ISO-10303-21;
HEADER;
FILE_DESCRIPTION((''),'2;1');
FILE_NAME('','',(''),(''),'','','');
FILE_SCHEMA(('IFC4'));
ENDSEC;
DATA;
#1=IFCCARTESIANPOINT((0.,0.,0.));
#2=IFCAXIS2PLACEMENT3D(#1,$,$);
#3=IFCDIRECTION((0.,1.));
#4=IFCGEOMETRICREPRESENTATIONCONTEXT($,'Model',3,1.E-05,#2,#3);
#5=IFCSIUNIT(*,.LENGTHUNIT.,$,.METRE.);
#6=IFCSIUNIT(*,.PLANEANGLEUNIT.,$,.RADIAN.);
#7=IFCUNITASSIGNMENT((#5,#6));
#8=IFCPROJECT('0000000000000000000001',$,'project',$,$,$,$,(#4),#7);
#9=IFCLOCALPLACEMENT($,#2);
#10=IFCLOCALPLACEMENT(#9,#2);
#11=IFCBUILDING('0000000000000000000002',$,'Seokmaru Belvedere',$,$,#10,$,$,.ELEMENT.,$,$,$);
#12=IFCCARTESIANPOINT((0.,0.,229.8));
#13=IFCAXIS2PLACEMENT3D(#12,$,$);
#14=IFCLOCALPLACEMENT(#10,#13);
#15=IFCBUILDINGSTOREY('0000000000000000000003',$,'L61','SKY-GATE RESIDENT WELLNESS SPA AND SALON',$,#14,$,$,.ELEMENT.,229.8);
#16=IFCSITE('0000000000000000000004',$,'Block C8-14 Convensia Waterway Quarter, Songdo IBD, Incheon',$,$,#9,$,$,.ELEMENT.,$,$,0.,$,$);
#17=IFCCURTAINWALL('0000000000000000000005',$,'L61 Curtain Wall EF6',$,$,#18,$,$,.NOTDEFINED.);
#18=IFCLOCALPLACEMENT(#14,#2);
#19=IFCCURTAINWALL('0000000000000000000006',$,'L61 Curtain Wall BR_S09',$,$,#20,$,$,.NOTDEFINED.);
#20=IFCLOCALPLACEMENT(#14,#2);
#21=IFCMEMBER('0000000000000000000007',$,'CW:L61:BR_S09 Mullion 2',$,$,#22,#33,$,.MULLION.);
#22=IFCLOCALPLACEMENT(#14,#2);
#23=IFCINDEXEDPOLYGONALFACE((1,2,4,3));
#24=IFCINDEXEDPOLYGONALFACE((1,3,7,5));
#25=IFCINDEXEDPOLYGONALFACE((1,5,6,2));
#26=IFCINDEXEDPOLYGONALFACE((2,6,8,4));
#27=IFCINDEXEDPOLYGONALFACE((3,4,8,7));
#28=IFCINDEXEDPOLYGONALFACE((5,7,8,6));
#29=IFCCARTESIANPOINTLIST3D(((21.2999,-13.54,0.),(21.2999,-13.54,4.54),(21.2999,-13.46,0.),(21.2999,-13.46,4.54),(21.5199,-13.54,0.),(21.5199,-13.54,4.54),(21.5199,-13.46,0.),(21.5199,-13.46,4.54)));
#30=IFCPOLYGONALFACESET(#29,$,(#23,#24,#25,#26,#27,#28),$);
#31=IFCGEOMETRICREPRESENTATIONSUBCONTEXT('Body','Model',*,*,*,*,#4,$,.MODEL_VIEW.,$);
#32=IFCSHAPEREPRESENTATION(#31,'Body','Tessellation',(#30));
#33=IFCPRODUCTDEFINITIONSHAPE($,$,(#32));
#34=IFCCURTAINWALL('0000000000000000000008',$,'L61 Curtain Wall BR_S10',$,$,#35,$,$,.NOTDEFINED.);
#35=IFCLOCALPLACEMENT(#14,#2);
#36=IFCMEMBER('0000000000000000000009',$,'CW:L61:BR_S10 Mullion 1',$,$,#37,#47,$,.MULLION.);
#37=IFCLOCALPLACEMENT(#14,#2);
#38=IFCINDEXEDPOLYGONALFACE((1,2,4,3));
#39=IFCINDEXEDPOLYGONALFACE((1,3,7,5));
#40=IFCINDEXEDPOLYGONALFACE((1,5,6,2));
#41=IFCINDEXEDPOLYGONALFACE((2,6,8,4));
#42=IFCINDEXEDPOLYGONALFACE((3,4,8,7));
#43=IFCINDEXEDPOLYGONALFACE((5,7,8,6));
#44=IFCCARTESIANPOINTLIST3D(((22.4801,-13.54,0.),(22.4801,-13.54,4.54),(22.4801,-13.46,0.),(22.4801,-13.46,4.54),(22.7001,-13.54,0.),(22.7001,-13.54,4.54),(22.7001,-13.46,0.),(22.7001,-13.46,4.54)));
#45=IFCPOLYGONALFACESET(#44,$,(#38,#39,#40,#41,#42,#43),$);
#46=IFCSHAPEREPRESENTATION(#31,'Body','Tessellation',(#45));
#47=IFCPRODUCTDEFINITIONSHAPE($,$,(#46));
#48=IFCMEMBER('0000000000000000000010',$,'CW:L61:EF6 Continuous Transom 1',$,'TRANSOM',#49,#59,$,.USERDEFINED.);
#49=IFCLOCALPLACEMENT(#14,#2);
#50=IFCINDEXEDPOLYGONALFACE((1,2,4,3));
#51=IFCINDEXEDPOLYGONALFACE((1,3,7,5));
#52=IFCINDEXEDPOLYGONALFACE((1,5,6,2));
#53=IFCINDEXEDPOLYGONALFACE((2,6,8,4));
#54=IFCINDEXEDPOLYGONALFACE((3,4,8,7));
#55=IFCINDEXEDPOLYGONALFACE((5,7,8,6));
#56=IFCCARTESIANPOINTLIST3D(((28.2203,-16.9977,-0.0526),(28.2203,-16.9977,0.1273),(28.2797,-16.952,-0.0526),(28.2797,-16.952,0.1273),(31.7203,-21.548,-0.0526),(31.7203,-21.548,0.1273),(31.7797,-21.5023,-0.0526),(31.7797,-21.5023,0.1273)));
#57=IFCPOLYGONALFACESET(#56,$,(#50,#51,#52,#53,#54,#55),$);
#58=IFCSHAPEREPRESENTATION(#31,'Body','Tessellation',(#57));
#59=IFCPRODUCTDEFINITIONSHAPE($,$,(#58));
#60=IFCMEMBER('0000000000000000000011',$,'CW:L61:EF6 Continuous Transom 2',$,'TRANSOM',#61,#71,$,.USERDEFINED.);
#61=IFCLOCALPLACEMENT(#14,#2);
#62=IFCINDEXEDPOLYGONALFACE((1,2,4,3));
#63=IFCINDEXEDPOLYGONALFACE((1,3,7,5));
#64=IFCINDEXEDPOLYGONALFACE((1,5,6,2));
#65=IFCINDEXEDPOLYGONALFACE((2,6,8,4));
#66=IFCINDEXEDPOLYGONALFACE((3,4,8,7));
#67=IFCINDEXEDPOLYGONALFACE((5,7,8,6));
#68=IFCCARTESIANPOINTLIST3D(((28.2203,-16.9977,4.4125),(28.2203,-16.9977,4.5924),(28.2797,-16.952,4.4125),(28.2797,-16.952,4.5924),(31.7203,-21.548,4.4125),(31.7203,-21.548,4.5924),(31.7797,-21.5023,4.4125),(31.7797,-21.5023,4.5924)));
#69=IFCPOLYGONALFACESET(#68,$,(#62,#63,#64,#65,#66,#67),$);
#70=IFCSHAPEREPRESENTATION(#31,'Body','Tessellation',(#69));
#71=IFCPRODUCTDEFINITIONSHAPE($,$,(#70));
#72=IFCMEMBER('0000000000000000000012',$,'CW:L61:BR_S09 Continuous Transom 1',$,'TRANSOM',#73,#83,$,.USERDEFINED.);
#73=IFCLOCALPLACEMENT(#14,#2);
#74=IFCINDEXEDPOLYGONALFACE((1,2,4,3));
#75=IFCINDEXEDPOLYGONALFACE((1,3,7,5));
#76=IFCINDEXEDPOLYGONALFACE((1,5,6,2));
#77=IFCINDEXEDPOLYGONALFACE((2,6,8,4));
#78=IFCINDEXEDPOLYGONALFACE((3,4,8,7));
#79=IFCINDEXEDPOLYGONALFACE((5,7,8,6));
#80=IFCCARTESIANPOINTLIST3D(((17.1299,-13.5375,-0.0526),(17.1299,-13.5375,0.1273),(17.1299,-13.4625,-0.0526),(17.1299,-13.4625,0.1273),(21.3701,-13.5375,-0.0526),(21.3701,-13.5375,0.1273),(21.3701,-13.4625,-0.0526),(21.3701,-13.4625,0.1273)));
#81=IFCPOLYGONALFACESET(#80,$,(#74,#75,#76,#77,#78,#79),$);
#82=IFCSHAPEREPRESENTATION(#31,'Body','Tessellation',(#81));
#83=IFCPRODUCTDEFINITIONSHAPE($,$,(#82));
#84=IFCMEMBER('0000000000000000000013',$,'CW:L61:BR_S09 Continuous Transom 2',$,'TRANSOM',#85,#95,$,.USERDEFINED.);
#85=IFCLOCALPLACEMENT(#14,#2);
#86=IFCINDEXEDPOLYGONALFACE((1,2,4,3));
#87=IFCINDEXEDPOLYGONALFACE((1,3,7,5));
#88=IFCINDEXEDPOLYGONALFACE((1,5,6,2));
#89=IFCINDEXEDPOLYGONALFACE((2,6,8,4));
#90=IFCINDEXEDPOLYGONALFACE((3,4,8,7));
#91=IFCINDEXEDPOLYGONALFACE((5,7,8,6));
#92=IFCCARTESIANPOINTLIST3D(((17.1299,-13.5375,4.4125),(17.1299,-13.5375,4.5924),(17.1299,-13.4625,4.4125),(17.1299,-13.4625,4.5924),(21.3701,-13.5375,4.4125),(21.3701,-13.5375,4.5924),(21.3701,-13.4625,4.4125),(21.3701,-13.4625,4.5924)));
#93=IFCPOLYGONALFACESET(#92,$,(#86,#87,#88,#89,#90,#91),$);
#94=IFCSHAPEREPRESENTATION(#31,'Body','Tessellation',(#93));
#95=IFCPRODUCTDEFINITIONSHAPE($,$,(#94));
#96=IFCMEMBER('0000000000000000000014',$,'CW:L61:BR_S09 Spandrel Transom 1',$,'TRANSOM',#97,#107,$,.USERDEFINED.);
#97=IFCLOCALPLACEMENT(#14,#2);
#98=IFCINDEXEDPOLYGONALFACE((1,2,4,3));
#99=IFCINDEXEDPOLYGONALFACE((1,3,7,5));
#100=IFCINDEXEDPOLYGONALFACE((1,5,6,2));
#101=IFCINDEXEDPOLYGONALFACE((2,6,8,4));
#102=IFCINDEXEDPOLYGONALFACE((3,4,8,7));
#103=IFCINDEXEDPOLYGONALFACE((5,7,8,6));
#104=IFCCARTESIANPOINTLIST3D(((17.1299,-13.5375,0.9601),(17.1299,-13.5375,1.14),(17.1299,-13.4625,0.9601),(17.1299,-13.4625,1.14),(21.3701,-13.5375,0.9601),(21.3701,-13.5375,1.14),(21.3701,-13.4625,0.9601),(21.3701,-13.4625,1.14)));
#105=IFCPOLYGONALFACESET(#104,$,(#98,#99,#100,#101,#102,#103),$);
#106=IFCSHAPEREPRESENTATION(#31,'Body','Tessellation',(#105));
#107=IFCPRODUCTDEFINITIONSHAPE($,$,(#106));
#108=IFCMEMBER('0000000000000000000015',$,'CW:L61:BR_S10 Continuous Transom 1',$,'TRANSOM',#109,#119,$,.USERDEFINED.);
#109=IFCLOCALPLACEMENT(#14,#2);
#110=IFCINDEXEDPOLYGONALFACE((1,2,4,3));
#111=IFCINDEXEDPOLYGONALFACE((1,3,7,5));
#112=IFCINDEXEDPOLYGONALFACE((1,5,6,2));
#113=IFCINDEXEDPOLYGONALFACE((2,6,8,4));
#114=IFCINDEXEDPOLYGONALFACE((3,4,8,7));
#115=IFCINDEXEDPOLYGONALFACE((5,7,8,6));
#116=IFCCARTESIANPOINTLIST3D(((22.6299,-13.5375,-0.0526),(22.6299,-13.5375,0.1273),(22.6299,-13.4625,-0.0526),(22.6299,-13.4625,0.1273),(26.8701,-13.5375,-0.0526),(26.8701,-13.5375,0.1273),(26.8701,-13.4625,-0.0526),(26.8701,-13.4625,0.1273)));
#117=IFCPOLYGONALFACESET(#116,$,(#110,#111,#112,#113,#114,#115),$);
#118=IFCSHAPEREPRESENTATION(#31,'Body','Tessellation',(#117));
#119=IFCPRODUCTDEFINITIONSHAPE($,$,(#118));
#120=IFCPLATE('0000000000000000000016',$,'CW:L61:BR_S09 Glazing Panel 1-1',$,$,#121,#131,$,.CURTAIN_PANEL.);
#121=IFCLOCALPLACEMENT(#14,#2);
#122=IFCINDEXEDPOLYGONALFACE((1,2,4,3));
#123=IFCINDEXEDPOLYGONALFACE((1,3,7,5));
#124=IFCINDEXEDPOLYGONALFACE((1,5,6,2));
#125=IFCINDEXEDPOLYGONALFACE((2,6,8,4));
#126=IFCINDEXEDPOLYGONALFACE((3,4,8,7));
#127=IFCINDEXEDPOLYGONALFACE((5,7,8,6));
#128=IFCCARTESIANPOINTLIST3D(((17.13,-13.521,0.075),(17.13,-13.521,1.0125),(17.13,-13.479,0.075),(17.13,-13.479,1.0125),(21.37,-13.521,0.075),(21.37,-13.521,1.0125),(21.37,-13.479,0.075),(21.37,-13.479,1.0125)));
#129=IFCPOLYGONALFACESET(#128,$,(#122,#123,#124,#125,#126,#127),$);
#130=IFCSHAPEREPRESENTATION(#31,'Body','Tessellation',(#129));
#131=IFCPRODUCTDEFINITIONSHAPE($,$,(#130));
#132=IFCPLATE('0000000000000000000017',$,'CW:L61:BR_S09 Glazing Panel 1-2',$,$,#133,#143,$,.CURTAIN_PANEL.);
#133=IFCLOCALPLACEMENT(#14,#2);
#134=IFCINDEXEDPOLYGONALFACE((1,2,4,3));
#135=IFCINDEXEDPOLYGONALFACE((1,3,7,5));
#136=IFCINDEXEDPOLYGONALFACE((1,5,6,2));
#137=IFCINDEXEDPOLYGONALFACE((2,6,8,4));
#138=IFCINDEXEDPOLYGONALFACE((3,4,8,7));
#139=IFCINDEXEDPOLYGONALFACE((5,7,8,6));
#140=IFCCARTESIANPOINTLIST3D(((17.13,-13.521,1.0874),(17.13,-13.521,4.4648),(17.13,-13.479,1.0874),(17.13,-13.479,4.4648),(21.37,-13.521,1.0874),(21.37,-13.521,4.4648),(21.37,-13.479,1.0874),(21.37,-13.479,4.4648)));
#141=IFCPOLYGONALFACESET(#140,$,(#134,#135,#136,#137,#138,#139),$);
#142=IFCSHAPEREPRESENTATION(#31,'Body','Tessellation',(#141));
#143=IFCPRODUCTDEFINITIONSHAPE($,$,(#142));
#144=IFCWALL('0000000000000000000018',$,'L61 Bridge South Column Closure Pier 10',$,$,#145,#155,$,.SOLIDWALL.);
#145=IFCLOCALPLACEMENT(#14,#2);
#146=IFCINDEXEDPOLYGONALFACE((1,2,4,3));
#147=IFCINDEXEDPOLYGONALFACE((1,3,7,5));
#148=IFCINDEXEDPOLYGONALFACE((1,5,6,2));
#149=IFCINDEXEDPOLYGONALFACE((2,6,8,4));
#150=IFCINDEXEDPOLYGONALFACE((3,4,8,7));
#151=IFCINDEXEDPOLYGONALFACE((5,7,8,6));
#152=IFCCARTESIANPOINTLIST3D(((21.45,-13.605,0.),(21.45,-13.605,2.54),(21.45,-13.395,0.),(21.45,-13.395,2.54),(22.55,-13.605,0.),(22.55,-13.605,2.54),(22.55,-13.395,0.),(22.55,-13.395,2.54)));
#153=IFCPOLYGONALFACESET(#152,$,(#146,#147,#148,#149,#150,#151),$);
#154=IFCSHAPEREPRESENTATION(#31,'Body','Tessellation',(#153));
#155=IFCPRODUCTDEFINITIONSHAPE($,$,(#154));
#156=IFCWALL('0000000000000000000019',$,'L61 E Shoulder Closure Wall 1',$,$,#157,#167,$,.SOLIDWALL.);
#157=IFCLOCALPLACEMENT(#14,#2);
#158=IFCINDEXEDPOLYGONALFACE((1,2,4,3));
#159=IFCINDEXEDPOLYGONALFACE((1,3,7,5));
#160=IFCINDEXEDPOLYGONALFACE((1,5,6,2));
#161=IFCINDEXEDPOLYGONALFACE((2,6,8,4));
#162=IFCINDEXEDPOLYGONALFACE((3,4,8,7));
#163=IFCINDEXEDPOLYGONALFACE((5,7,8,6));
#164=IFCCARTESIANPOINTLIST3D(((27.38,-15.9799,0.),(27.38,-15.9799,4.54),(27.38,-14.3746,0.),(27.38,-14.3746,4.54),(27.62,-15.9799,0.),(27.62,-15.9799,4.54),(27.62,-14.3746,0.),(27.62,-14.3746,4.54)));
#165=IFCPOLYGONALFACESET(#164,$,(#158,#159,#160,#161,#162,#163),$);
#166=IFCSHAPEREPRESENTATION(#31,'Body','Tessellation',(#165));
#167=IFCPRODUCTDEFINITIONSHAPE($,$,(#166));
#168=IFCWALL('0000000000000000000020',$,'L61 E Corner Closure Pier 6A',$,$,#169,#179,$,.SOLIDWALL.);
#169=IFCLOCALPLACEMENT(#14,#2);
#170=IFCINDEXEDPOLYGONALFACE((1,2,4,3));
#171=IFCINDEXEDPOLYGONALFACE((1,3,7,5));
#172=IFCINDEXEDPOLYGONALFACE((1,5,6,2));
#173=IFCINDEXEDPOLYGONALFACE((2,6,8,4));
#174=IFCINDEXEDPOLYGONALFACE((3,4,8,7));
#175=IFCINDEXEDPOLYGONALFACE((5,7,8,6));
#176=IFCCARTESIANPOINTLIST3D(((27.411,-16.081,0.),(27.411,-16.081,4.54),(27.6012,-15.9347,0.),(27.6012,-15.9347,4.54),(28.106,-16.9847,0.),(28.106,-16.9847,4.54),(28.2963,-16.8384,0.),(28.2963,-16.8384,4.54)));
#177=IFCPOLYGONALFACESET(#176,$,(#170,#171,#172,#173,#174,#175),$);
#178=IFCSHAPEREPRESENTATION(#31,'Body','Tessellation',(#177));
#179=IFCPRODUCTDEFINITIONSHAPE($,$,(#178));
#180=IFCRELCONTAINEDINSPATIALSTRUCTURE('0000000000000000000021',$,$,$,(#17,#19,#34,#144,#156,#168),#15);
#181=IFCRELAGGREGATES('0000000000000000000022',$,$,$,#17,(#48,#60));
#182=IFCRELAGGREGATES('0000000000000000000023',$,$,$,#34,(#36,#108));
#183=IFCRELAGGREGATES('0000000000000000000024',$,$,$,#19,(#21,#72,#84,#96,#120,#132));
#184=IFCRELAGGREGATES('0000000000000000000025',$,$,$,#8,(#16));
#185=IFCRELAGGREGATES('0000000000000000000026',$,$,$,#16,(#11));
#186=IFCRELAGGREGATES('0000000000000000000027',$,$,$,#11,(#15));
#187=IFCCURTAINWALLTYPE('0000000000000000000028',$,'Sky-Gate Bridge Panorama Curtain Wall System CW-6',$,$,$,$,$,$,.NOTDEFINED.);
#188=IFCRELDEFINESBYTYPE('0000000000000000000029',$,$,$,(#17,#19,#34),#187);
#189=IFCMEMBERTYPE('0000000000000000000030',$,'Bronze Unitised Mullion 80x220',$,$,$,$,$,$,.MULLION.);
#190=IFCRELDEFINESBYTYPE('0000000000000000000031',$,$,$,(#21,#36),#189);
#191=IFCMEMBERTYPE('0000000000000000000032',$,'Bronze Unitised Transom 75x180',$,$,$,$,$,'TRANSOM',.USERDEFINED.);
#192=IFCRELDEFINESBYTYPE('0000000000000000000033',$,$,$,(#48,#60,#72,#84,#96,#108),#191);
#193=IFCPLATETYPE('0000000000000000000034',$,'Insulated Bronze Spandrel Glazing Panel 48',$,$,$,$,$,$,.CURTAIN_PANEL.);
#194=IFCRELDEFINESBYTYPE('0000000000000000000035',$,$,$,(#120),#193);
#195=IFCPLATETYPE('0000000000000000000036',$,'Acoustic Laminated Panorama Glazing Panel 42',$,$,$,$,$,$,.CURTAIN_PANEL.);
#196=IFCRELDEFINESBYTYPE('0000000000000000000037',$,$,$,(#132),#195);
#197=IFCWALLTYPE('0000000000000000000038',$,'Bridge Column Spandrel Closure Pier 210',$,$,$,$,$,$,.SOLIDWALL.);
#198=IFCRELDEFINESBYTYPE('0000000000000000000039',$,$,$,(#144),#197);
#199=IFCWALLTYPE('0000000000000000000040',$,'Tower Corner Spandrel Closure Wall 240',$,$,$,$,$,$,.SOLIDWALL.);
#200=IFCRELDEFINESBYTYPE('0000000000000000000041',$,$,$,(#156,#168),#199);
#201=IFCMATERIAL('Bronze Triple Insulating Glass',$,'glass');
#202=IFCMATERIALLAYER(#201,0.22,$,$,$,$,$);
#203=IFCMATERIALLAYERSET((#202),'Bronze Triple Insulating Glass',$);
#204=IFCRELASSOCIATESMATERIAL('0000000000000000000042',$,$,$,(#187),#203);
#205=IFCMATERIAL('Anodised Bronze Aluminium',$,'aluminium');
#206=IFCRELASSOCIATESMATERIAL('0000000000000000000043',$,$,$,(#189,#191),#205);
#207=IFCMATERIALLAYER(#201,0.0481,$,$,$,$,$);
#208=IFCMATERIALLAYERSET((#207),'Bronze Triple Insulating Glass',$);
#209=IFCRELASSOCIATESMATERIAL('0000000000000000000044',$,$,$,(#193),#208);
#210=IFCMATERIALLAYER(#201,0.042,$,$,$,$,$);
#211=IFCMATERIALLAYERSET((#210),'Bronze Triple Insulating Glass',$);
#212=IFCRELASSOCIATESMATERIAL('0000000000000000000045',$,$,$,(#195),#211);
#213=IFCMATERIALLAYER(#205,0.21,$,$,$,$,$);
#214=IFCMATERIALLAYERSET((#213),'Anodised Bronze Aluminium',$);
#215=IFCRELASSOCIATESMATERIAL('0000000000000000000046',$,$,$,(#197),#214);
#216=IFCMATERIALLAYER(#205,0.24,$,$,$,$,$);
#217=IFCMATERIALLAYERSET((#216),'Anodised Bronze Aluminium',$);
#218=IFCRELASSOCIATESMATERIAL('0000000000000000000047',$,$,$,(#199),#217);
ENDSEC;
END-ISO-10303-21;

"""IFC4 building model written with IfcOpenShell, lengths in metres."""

from ifc_helpers import new_model, si_unit, direction, frame, frame_2d, origin, origin_2d, place, context, subcontext, project, spatial, rectangle, extrude, source, transform, mapped, material, layer, layer_set, material_profile, profile_set, type_object, type_shapes, element, aggregate, save


model = new_model("IFC4")

# Units and contexts
model_context = context("Model", 3, precision=1e-05, world=origin(), true_north=direction((0.0, 1.0)))
body_context = subcontext(model_context, "Body", "Model", "MODEL_VIEW")
ifc_project = project(units=[si_unit("LENGTHUNIT", "METRE"), si_unit("PLANEANGLEUNIT", "RADIAN")], contexts=[model_context])

# Site, building, storey
site_placement = place(None, origin())
site = spatial("IfcSite", under=ifc_project, at=site_placement, Name="Block C8-14 Convensia Waterway Quarter, Songdo IBD, Incheon", CompositionType="ELEMENT", RefElevation=0.0)
building_placement = place(site_placement, origin())
building = spatial("IfcBuilding", under=site, at=building_placement, Name="Seokmaru Belvedere", CompositionType="ELEMENT")
storey_placement = place(building_placement, frame((0.0, 0.0, 229.8)))
storey = spatial("IfcBuildingStorey", under=building, at=storey_placement, Name="L61", Description="SKY-GATE RESIDENT WELLNESS SPA AND SALON", CompositionType="ELEMENT", Elevation=229.8)

# Curtain wall
ifc_material_1 = material(Name="Bronze Triple Insulating Glass", Category="glass")
ifc_layer_1 = layer(ifc_material_1, 0.22)
ifc_layer_set_1 = layer_set([ifc_layer_1], Name="Bronze Triple Insulating Glass")
curtain_wall_type = type_object("IfcCurtainWallType", Name="Sky-Gate Bridge Panorama Curtain Wall System CW-6", PredefinedType="NOTDEFINED", material=ifc_layer_set_1)
curtain_wall_1_placement = place(storey_placement, origin())
curtain_wall_1 = element("IfcCurtainWall", 1, at=curtain_wall_1_placement, inside=storey, type_object=curtain_wall_type, Name="L61 Curtain Wall EF6", PredefinedType="NOTDEFINED")
ifc_material_2 = material(Name="Anodised Bronze Aluminium", Category="aluminium")
ifc_material_profile_1 = material_profile(ifc_material_2, rectangle(XDim=0.0801, YDim=0.22, at=origin_2d()), Name="CW-M-80x220")
ifc_profile_set_1 = profile_set([ifc_material_profile_1], Name="Anodised Bronze Aluminium")
member_type_1 = type_object("IfcMemberType", Name="Bronze Unitised Mullion 80x220", PredefinedType="MULLION", material=ifc_profile_set_1)
shared_shape_1 = source(origin(), body_context, "Body", "SweptSolid", [
    extrude(rectangle(XDim=0.0801, YDim=0.22, at=origin_2d()), origin(), (0.0, 0.0, 1.0), 4.54),
])
type_shapes(member_type_1, [shared_shape_1])

# Curtain wall, member
curtain_wall_2_placement = place(storey_placement, origin())
curtain_wall_2 = element("IfcCurtainWall", 2, at=curtain_wall_2_placement, inside=storey, type_object=curtain_wall_type, Name="L61 Curtain Wall BR_S09", PredefinedType="NOTDEFINED")
member_1_placement = place(storey_placement, frame((21.4099, -13.5, 0.0), z_axis=(0.0, 0.0, 1.0), x_axis=(0.0, 1.0, 0.0)))
member_1 = element("IfcMember", 3, at=member_1_placement, type_object=member_type_1, Name="CW:L61:BR_S09 Mullion 2", PredefinedType="MULLION", context=body_context, shape_type="MappedRepresentation", body=[
    mapped(shared_shape_1, transform((0.0, 0.0, 0.0), scale=1.0)),
])

# Curtain wall, member
curtain_wall_3_placement = place(storey_placement, origin())
curtain_wall_3 = element("IfcCurtainWall", 4, at=curtain_wall_3_placement, inside=storey, type_object=curtain_wall_type, Name="L61 Curtain Wall BR_S10", PredefinedType="NOTDEFINED")
member_2_placement = place(storey_placement, frame((22.5901, -13.5, 0.0), z_axis=(0.0, 0.0, 1.0), x_axis=(0.0, 1.0, 0.0)))
member_2 = element("IfcMember", 5, at=member_2_placement, type_object=member_type_1, Name="CW:L61:BR_S10 Mullion 1", PredefinedType="MULLION", context=body_context, shape_type="MappedRepresentation", body=[
    mapped(shared_shape_1, transform((0.0, 0.0, 0.0), scale=1.0)),
])

# Members
ifc_material_profile_2 = material_profile(ifc_material_2, rectangle(XDim=0.075, YDim=0.1799, at=origin_2d()), Name="CW-T-75x180")
ifc_profile_set_2 = profile_set([ifc_material_profile_2], Name="Anodised Bronze Aluminium")
member_type_2 = type_object("IfcMemberType", Name="Bronze Unitised Transom 75x180", ElementType="TRANSOM", PredefinedType="USERDEFINED", material=ifc_profile_set_2)
shared_shape_2 = source(origin(), body_context, "Body", "SweptSolid", [
    extrude(rectangle(XDim=0.075, YDim=0.1799, at=origin_2d()), origin(), (0.0, 0.0, 1.0), 5.7407),
])
member_3_placement = place(storey_placement, frame((28.25, -16.9749, 0.0374), z_axis=(0.609686, -0.792643, 0.0), x_axis=(0.792643, 0.609686, 0.0)))
member_3 = element("IfcMember", 6, at=member_3_placement, type_object=member_type_2, Name="CW:L61:EF6 Continuous Transom 1", ObjectType="TRANSOM", PredefinedType="USERDEFINED", context=body_context, shape_type="MappedRepresentation", body=[
    mapped(shared_shape_2, transform((0.0, 0.0, 0.0), scale=1.0)),
])
member_4_placement = place(storey_placement, frame((28.25, -16.9749, 4.5024), z_axis=(0.609686, -0.792643, 0.0), x_axis=(0.792643, 0.609686, 0.0)))
member_4 = element("IfcMember", 7, at=member_4_placement, type_object=member_type_2, Name="CW:L61:EF6 Continuous Transom 2", ObjectType="TRANSOM", PredefinedType="USERDEFINED", context=body_context, shape_type="MappedRepresentation", body=[
    mapped(shared_shape_2, transform((0.0, 0.0, 0.0), scale=1.0)),
])
aggregate(curtain_wall_1, [member_3, member_4])
shared_shape_3 = source(origin(), body_context, "Body", "SweptSolid", [
    extrude(rectangle(XDim=0.075, YDim=0.1799, at=origin_2d()), origin(), (0.0, 0.0, 1.0), 4.2402),
])
type_shapes(member_type_2, [shared_shape_2, shared_shape_3])
member_5_placement = place(storey_placement, frame((17.1299, -13.5, 0.0374), z_axis=(1.0, 0.0, 0.0), x_axis=(0.0, 1.0, 0.0)))
member_5 = element("IfcMember", 8, at=member_5_placement, type_object=member_type_2, Name="CW:L61:BR_S09 Continuous Transom 1", ObjectType="TRANSOM", PredefinedType="USERDEFINED", context=body_context, shape_type="MappedRepresentation", body=[
    mapped(shared_shape_3, transform((0.0, 0.0, 0.0), scale=1.0)),
])
member_6_placement = place(storey_placement, frame((17.1299, -13.5, 4.5024), z_axis=(1.0, 0.0, 0.0), x_axis=(0.0, 1.0, 0.0)))
member_6 = element("IfcMember", 9, at=member_6_placement, type_object=member_type_2, Name="CW:L61:BR_S09 Continuous Transom 2", ObjectType="TRANSOM", PredefinedType="USERDEFINED", context=body_context, shape_type="MappedRepresentation", body=[
    mapped(shared_shape_3, transform((0.0, 0.0, 0.0), scale=1.0)),
])
member_7_placement = place(storey_placement, frame((17.1299, -13.5, 1.05), z_axis=(1.0, 0.0, 0.0), x_axis=(0.0, 1.0, 0.0)))
member_7 = element("IfcMember", 10, at=member_7_placement, type_object=member_type_2, Name="CW:L61:BR_S09 Spandrel Transom 1", ObjectType="TRANSOM", PredefinedType="USERDEFINED", context=body_context, shape_type="MappedRepresentation", body=[
    mapped(shared_shape_3, transform((0.0, 0.0, 0.0), scale=1.0)),
])
member_8_placement = place(storey_placement, frame((22.6299, -13.5, 0.0374), z_axis=(1.0, 0.0, 0.0), x_axis=(0.0, 1.0, 0.0)))
member_8 = element("IfcMember", 11, at=member_8_placement, type_object=member_type_2, Name="CW:L61:BR_S10 Continuous Transom 1", ObjectType="TRANSOM", PredefinedType="USERDEFINED", context=body_context, shape_type="MappedRepresentation", body=[
    mapped(shared_shape_3, transform((0.0, 0.0, 0.0), scale=1.0)),
])
aggregate(curtain_wall_3, [member_2, member_8])

# Plates
ifc_layer_2 = layer(ifc_material_1, 0.0481)
ifc_layer_set_2 = layer_set([ifc_layer_2], Name="Bronze Triple Insulating Glass")
plate_type_1 = type_object("IfcPlateType", Name="Insulated Bronze Spandrel Glazing Panel 48", PredefinedType="CURTAIN_PANEL", material=ifc_layer_set_2)
shared_shape_4 = source(origin(), body_context, "Body", "SweptSolid", [
    extrude(rectangle(XDim=4.24, YDim=0.042, at=origin_2d()), origin(), (0.0, 0.0, 1.0), 0.9375),
])
type_shapes(plate_type_1, [shared_shape_4])
plate_1_placement = place(storey_placement, frame((19.25, -13.5, 0.075), z_axis=(0.0, 0.0, 1.0), x_axis=(1.0, 0.0, 0.0)))
plate_1 = element("IfcPlate", 12, at=plate_1_placement, type_object=plate_type_1, Name="CW:L61:BR_S09 Glazing Panel 1-1", PredefinedType="CURTAIN_PANEL", context=body_context, shape_type="MappedRepresentation", body=[
    mapped(shared_shape_4, transform((0.0, 0.0, 0.0), scale=1.0)),
])
ifc_layer_3 = layer(ifc_material_1, 0.042)
ifc_layer_set_3 = layer_set([ifc_layer_3], Name="Bronze Triple Insulating Glass")
plate_type_2 = type_object("IfcPlateType", Name="Acoustic Laminated Panorama Glazing Panel 42", PredefinedType="CURTAIN_PANEL", material=ifc_layer_set_3)
shared_shape_5 = source(origin(), body_context, "Body", "SweptSolid", [
    extrude(rectangle(XDim=4.24, YDim=0.042, at=origin_2d()), origin(), (0.0, 0.0, 1.0), 3.3774),
])
type_shapes(plate_type_2, [shared_shape_5])
plate_2_placement = place(storey_placement, frame((19.25, -13.5, 1.0874), z_axis=(0.0, 0.0, 1.0), x_axis=(1.0, 0.0, 0.0)))
plate_2 = element("IfcPlate", 13, at=plate_2_placement, type_object=plate_type_2, Name="CW:L61:BR_S09 Glazing Panel 1-2", PredefinedType="CURTAIN_PANEL", context=body_context, shape_type="MappedRepresentation", body=[
    mapped(shared_shape_5, transform((0.0, 0.0, 0.0), scale=1.0)),
])
aggregate(curtain_wall_2, [member_1, member_5, member_6, member_7, plate_1, plate_2])

# Walls
ifc_layer_4 = layer(ifc_material_2, 0.21)
ifc_layer_set_4 = layer_set([ifc_layer_4], Name="Anodised Bronze Aluminium")
wall_type_1 = type_object("IfcWallType", Name="Bridge Column Spandrel Closure Pier 210", PredefinedType="SOLIDWALL", material=ifc_layer_set_4)
wall_1_placement = place(storey_placement, frame((21.45, -13.5, 0.0), z_axis=(0.0, 0.0, 1.0), x_axis=(1.0, 0.0, 0.0)))
element("IfcWall", 14, at=wall_1_placement, inside=storey, type_object=wall_type_1, Name="L61 Bridge South Column Closure Pier 10", PredefinedType="SOLIDWALL", context=body_context, shape_type="SweptSolid", body=[
    extrude(rectangle(XDim=1.1001, YDim=0.21, at=frame_2d((0.55, 0.0))), origin(), (0.0, 0.0, 1.0), 2.54),
])
ifc_layer_5 = layer(ifc_material_2, 0.24)
ifc_layer_set_5 = layer_set([ifc_layer_5], Name="Anodised Bronze Aluminium")
wall_type_2 = type_object("IfcWallType", Name="Tower Corner Spandrel Closure Wall 240", PredefinedType="SOLIDWALL", material=ifc_layer_set_5)
wall_2_placement = place(storey_placement, frame((27.5, -15.98, 0.0), z_axis=(0.0, 0.0, 1.0), x_axis=(0.0, 1.0, 0.0)))
element("IfcWall", 15, at=wall_2_placement, inside=storey, type_object=wall_type_2, Name="L61 E Shoulder Closure Wall 1", PredefinedType="SOLIDWALL", context=body_context, shape_type="SweptSolid", body=[
    extrude(rectangle(XDim=1.6052, YDim=0.24, at=frame_2d((0.8027, 0.0))), origin(), (0.0, 0.0, 1.0), 4.54),
])
wall_3_placement = place(storey_placement, frame((27.5061, -16.0078, 0.0), z_axis=(0.0, 0.0, 1.0), x_axis=(0.609618, -0.792696, 0.0)))
element("IfcWall", 16, at=wall_3_placement, inside=storey, type_object=wall_type_2, Name="L61 E Corner Closure Pier 6A", PredefinedType="SOLIDWALL", context=body_context, shape_type="SweptSolid", body=[
    extrude(rectangle(XDim=1.1401, YDim=0.24, at=frame_2d((0.5701, 0.0))), origin(), (0.0, 0.0, 1.0), 4.54),
])

save(model, "model.ifc")
